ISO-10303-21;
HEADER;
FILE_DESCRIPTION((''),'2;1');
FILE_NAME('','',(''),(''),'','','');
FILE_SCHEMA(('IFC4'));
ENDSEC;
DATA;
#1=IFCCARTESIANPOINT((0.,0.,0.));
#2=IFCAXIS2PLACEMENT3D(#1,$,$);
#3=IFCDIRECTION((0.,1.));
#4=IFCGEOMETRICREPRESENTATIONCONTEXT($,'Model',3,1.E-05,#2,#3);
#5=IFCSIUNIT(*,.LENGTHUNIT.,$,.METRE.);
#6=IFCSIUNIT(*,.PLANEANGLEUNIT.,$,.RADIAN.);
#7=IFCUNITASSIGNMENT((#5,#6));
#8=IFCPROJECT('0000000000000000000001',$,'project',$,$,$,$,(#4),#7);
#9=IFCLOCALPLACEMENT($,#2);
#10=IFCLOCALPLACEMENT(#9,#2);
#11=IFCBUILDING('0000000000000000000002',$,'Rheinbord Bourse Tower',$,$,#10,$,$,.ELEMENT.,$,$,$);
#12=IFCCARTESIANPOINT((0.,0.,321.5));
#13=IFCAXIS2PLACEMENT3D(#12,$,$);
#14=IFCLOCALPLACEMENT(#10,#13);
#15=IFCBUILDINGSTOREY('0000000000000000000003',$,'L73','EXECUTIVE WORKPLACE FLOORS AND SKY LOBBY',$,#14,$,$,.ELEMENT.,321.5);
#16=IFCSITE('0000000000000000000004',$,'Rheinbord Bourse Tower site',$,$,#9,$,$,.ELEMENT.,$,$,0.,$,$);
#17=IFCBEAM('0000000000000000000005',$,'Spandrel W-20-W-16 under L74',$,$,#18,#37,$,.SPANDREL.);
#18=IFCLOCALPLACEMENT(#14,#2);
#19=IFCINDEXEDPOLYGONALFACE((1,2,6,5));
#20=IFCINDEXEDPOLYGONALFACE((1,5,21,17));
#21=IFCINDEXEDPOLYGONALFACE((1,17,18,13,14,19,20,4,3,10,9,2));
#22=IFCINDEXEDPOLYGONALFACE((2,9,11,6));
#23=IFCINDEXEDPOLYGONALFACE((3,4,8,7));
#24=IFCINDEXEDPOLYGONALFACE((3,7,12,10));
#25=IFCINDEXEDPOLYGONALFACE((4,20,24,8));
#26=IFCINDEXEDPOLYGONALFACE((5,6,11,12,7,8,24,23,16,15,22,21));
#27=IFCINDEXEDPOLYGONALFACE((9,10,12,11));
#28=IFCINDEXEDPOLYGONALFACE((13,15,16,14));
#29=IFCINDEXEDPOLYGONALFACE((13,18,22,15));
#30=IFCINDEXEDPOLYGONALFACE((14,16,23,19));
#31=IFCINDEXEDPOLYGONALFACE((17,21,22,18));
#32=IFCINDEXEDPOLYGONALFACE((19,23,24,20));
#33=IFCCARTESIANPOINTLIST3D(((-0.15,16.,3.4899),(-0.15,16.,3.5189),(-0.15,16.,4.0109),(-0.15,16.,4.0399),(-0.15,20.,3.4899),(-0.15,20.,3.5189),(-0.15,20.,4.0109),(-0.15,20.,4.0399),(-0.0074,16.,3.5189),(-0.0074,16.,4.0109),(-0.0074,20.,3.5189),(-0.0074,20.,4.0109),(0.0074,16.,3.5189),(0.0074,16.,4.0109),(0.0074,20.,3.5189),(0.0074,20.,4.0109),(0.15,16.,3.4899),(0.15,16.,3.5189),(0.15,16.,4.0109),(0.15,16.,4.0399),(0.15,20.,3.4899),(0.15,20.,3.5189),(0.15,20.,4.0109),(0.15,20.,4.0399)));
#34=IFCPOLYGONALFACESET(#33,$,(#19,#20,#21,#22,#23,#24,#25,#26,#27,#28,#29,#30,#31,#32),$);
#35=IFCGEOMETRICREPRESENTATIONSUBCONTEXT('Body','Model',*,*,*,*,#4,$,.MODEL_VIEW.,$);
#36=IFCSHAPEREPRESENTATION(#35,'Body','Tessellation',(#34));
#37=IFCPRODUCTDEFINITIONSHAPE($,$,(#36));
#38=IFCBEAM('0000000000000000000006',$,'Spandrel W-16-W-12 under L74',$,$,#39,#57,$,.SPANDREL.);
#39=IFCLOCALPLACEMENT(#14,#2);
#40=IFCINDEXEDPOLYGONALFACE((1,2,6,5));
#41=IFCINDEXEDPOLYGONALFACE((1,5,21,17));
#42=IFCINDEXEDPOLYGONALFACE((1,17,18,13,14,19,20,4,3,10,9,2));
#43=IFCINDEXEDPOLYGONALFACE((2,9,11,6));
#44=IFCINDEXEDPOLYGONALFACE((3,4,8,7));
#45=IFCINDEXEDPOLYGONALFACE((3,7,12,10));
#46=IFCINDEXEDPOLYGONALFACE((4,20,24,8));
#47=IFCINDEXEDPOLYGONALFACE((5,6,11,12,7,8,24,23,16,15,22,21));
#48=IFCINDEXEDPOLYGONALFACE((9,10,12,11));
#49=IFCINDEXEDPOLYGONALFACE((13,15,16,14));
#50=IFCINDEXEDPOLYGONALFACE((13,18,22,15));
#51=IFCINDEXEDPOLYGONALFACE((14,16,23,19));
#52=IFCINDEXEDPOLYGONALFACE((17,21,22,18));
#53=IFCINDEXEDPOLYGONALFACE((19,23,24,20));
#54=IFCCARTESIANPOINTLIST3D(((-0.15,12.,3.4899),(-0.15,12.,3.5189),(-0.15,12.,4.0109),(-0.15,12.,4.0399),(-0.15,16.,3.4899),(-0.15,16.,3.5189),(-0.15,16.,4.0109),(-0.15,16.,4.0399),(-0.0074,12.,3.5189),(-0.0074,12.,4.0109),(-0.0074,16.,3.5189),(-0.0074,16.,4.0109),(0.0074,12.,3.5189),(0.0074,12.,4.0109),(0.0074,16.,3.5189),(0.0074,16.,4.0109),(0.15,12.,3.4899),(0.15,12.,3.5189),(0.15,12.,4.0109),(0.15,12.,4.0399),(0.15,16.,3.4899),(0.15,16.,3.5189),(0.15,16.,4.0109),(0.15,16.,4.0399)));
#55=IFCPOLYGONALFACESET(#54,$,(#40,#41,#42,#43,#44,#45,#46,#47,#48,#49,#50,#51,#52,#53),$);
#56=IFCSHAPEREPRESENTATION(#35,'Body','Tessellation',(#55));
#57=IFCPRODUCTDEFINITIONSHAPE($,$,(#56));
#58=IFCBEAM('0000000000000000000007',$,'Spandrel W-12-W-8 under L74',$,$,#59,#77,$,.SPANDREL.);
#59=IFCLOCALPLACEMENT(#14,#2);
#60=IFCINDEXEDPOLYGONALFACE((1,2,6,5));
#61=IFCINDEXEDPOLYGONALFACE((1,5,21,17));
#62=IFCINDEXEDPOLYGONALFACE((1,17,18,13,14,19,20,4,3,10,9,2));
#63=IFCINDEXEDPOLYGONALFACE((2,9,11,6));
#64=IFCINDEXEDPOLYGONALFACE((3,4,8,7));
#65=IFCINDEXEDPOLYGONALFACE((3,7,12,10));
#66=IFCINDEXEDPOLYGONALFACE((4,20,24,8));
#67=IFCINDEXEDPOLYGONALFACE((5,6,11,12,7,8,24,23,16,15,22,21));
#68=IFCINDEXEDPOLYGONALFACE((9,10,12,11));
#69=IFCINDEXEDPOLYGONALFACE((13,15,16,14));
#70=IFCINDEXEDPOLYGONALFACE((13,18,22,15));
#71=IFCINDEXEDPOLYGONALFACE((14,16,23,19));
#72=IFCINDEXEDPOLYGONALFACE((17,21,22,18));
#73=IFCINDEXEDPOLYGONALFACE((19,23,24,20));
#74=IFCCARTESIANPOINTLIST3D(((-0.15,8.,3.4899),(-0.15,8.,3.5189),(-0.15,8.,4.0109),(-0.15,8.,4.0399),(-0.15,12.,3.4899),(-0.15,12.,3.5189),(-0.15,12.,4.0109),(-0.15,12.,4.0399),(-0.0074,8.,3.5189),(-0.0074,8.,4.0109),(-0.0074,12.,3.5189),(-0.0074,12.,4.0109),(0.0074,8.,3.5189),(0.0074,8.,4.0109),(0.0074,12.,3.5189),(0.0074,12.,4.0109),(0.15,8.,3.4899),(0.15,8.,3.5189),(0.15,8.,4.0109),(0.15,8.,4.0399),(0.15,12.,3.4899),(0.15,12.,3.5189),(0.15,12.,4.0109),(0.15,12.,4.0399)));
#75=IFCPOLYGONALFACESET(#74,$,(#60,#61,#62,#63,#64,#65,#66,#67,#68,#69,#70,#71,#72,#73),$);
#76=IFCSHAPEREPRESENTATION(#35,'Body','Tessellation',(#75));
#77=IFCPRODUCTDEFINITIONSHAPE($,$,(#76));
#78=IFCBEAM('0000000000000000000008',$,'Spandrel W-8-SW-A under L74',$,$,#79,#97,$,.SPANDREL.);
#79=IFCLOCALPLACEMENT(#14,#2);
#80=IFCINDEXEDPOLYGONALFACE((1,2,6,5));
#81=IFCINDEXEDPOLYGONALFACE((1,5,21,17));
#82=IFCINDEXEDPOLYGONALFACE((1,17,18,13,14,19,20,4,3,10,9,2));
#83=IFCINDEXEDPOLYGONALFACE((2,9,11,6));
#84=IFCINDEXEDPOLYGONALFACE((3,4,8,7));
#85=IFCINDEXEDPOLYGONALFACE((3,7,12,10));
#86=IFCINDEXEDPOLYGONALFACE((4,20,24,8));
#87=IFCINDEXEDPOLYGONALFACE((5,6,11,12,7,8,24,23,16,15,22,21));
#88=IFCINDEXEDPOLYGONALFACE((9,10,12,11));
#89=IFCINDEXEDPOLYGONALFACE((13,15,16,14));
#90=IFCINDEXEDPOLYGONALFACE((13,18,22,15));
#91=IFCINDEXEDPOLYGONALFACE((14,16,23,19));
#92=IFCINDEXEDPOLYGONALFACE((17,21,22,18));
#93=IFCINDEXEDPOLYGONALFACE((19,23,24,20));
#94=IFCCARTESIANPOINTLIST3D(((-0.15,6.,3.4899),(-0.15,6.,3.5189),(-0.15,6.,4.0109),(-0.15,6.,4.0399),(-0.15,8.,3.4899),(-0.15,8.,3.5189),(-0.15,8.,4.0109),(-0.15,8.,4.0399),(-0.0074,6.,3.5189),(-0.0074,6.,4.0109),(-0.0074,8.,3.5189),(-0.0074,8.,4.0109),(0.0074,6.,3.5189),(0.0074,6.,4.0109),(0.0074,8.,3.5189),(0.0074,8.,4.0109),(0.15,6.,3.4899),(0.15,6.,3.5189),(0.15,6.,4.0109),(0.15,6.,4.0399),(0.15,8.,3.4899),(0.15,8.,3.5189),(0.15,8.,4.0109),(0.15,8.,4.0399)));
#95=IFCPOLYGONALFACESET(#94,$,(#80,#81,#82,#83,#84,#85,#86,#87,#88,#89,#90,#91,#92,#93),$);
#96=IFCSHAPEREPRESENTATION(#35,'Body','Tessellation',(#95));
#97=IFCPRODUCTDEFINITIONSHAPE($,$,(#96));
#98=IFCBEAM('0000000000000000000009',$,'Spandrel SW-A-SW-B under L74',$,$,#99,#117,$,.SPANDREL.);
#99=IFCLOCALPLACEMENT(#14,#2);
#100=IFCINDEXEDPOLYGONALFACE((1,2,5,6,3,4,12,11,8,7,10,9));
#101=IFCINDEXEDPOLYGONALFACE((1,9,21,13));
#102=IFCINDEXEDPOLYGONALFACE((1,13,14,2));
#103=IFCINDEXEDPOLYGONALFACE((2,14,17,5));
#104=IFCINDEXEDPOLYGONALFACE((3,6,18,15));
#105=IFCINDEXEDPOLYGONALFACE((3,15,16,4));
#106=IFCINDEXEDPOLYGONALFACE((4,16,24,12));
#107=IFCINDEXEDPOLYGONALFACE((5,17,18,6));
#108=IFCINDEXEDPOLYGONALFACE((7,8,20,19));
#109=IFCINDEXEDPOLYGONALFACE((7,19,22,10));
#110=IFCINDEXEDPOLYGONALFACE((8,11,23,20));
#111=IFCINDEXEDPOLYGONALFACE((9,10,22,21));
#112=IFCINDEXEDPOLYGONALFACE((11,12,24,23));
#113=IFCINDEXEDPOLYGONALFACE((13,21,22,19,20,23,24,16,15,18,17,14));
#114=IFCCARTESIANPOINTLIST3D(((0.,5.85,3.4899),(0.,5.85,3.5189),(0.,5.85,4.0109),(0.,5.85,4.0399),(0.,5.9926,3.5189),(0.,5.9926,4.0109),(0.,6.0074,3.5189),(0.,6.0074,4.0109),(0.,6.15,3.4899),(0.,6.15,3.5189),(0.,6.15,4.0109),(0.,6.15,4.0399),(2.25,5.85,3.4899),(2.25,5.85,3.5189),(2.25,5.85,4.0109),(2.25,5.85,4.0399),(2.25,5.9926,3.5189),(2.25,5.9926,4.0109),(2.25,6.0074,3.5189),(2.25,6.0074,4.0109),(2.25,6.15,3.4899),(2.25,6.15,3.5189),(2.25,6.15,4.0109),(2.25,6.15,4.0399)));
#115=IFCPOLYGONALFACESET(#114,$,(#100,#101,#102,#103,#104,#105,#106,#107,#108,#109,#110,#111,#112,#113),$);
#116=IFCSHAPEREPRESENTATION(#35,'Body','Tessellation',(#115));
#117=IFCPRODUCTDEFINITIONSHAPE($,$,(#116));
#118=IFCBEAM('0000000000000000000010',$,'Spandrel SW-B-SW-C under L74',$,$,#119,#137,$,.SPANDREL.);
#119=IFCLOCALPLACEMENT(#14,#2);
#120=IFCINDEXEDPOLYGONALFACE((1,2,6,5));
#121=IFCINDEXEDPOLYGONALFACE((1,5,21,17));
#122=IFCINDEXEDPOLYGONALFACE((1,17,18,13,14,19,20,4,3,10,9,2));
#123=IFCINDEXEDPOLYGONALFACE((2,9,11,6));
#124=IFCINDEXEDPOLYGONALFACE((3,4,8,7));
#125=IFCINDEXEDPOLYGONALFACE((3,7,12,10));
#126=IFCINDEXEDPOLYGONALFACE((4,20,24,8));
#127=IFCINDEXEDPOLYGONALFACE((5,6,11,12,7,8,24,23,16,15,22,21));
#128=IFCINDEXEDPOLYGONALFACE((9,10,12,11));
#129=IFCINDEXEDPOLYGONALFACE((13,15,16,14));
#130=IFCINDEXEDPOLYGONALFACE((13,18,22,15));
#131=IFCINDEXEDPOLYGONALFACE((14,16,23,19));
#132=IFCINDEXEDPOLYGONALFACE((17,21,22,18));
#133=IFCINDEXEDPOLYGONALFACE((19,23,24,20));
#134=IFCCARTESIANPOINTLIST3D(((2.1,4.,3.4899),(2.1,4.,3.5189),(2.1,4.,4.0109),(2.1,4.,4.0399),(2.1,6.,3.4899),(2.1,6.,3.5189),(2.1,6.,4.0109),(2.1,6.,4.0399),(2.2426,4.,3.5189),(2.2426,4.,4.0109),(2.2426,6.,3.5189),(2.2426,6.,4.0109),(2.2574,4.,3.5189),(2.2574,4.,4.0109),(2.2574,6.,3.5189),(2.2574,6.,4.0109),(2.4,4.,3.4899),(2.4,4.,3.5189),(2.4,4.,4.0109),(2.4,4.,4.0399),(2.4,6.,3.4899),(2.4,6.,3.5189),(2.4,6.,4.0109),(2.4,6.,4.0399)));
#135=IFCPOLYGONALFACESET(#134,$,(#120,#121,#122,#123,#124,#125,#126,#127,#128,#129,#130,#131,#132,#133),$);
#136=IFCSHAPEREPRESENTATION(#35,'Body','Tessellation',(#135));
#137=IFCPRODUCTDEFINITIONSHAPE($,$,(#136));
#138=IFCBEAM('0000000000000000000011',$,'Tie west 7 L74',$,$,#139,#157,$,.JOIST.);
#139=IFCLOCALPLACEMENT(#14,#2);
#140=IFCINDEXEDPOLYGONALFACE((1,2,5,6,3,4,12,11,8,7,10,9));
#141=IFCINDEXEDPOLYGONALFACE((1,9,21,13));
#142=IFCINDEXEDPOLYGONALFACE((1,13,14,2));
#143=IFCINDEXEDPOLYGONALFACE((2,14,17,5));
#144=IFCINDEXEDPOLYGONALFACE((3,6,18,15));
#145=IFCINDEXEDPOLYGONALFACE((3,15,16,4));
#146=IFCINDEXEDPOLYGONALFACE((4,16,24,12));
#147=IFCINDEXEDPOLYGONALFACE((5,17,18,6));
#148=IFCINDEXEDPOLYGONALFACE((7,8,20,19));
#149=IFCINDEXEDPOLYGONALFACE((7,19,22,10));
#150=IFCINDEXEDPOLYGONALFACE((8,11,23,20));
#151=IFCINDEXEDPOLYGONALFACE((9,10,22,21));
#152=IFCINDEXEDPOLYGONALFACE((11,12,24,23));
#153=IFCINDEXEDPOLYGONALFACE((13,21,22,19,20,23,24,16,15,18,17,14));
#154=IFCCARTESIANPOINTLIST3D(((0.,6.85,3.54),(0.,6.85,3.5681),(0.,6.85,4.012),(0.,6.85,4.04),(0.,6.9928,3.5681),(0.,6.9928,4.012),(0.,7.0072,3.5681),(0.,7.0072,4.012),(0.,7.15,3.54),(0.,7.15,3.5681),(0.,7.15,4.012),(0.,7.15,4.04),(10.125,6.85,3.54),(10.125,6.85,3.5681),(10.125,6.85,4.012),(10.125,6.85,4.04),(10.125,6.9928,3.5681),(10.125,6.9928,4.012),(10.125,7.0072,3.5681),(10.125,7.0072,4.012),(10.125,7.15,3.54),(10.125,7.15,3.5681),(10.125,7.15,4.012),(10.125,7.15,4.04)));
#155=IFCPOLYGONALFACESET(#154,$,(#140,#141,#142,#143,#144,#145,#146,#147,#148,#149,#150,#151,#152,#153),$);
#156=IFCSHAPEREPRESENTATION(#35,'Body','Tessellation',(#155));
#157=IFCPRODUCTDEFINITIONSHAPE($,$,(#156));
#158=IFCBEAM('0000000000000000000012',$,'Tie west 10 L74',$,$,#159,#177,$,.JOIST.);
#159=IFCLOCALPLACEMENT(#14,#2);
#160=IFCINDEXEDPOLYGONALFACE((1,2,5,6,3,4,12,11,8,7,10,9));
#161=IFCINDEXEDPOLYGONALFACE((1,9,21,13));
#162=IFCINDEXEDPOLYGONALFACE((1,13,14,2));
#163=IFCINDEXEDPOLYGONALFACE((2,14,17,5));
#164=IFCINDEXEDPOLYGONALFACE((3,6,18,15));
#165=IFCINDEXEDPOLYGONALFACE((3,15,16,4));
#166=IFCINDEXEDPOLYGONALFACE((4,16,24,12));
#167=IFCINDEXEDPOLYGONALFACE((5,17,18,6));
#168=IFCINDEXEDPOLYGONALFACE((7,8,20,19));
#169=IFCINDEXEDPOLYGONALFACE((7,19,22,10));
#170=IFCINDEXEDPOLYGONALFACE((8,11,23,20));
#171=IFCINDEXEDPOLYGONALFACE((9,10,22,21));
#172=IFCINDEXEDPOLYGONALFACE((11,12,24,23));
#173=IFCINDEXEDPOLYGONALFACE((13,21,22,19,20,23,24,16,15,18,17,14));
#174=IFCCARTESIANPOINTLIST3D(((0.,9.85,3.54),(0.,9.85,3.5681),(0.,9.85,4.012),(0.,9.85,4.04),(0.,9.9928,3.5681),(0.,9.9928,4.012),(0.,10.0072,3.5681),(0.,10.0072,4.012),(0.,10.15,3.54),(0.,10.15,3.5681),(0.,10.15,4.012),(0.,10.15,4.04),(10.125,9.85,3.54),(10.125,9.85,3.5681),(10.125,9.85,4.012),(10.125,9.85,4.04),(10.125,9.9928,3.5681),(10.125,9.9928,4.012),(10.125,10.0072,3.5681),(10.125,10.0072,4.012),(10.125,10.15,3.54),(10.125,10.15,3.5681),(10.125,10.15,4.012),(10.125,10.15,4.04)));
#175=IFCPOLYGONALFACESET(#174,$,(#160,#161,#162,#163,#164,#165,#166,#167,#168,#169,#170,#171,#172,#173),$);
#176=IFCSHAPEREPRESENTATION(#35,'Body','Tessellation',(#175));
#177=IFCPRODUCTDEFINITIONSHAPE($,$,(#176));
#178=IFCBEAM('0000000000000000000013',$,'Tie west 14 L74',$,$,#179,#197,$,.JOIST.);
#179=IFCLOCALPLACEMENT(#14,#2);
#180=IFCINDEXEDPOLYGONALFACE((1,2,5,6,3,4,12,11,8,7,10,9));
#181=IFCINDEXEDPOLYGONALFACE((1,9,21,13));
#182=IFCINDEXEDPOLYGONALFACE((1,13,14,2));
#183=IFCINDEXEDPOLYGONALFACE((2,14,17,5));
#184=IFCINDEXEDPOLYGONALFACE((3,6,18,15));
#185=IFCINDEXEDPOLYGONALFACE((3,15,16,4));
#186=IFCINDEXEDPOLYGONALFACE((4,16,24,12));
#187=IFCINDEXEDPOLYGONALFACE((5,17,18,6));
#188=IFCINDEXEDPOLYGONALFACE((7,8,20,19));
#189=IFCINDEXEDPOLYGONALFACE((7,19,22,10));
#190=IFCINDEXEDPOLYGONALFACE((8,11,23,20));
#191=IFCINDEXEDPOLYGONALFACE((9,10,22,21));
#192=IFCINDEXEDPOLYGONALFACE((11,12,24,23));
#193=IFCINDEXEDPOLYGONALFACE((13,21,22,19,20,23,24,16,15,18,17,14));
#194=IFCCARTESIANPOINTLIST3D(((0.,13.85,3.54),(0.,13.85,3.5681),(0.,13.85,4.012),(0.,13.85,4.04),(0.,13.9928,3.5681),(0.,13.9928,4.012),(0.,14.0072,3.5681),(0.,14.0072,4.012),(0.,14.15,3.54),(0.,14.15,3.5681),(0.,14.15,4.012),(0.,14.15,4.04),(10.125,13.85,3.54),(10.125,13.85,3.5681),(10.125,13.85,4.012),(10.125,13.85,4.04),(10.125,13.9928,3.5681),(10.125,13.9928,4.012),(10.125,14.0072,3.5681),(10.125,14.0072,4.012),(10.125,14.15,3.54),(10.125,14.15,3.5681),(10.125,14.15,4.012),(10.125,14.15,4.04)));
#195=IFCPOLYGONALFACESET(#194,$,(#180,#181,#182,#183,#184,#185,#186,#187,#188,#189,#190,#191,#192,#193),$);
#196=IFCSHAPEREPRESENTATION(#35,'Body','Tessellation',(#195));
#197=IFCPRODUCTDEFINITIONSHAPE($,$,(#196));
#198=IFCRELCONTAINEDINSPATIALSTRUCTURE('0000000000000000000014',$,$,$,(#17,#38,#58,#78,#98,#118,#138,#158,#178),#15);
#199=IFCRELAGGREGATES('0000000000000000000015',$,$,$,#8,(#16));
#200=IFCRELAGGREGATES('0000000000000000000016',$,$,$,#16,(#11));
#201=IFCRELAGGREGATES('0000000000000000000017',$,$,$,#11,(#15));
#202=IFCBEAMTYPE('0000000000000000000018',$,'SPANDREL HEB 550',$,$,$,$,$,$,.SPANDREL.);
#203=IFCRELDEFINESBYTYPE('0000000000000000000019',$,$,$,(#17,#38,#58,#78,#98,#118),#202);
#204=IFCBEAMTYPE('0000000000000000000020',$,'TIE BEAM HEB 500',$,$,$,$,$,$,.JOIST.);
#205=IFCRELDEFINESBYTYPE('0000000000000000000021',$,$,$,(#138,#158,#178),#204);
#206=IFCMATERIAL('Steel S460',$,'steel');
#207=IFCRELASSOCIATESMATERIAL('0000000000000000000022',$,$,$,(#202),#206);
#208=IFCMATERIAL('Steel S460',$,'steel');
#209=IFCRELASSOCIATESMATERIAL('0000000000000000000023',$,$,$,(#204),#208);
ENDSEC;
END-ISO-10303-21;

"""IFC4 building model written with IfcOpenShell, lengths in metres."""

from ifc_helpers import new_model, si_unit, direction, frame, origin, origin_2d, place, context, subcontext, project, spatial, i_section, extrude, material, material_profile, profile_set, type_object, element, save


model = new_model("IFC4")

# Units and contexts
model_context = context("Model", 3, precision=1e-05, world=origin(), true_north=direction((0.0, 1.0)))
body_context = subcontext(model_context, "Body", "Model", "MODEL_VIEW")
ifc_project = project(units=[si_unit("LENGTHUNIT", "METRE"), si_unit("PLANEANGLEUNIT", "RADIAN")], contexts=[model_context])

# Site, building, storey
site_placement = place(None, origin())
site = spatial("IfcSite", under=ifc_project, at=site_placement, Name="Rheinbord Bourse Tower site", CompositionType="ELEMENT", RefElevation=0.0)
building_placement = place(site_placement, origin())
building = spatial("IfcBuilding", under=site, at=building_placement, Name="Rheinbord Bourse Tower", CompositionType="ELEMENT")
storey_placement = place(building_placement, frame((0.0, 0.0, 321.5)))
storey = spatial("IfcBuildingStorey", under=building, at=storey_placement, Name="L73", Description="EXECUTIVE WORKPLACE FLOORS AND SKY LOBBY", CompositionType="ELEMENT", Elevation=321.5)

# Beams
ifc_material_1 = material(Name="Steel S460", Category="steel")
ifc_material_profile_1 = material_profile(ifc_material_1, i_section(OverallWidth=0.3, OverallDepth=0.55, WebThickness=0.0149, FlangeThickness=0.0291, at=origin_2d()), Name="HEB 550")
ifc_profile_set_1 = profile_set([ifc_material_profile_1], Name="Steel S460")
beam_type_1 = type_object("IfcBeamType", Name="SPANDREL HEB 550", PredefinedType="SPANDREL", material=ifc_profile_set_1)
for number, where, z_axis, x_axis, name in (
    (1, (0.0, 20.0, 3.7649), (0.0, -1.0, 0.0), (1.0, 0.0, 0.0), "Spandrel W-20-W-16 under L74"),
    (2, (0.0, 16.0, 3.7649), (0.0, -1.0, 0.0), (1.0, 0.0, 0.0), "Spandrel W-16-W-12 under L74"),
    (3, (0.0, 12.0, 3.7649), (0.0, -1.0, 0.0), (1.0, 0.0, 0.0), "Spandrel W-12-W-8 under L74"),
):
    element("IfcBeam", number, at=place(storey_placement, frame(where, z_axis=z_axis, x_axis=x_axis)), inside=storey, type_object=beam_type_1, Name=name, PredefinedType="SPANDREL", context=body_context, shape_type="SweptSolid", body=[
        extrude(i_section(OverallWidth=0.3, OverallDepth=0.55, WebThickness=0.0149, FlangeThickness=0.0291, at=origin_2d()), origin(), (0.0, 0.0, 1.0), 4.0),
    ])
beam_1_placement = place(storey_placement, frame((0.0, 8.0, 3.7649), z_axis=(0.0, -1.0, 0.0), x_axis=(1.0, 0.0, 0.0)))
element("IfcBeam", 4, at=beam_1_placement, inside=storey, type_object=beam_type_1, Name="Spandrel W-8-SW-A under L74", PredefinedType="SPANDREL", context=body_context, shape_type="SweptSolid", body=[
    extrude(i_section(OverallWidth=0.3, OverallDepth=0.55, WebThickness=0.0149, FlangeThickness=0.0291, at=origin_2d()), origin(), (0.0, 0.0, 1.0), 2.0),
])
beam_2_placement = place(storey_placement, frame((0.0, 6.0, 3.7649), z_axis=(1.0, 0.0, 0.0), x_axis=(0.0, 1.0, 0.0)))
element("IfcBeam", 5, at=beam_2_placement, inside=storey, type_object=beam_type_1, Name="Spandrel SW-A-SW-B under L74", PredefinedType="SPANDREL", context=body_context, shape_type="SweptSolid", body=[
    extrude(i_section(OverallWidth=0.3, OverallDepth=0.55, WebThickness=0.0149, FlangeThickness=0.0291, at=origin_2d()), origin(), (0.0, 0.0, 1.0), 2.25),
])
beam_3_placement = place(storey_placement, frame((2.25, 6.0, 3.7649), z_axis=(0.0, -1.0, 0.0), x_axis=(1.0, 0.0, 0.0)))
element("IfcBeam", 6, at=beam_3_placement, inside=storey, type_object=beam_type_1, Name="Spandrel SW-B-SW-C under L74", PredefinedType="SPANDREL", context=body_context, shape_type="SweptSolid", body=[
    extrude(i_section(OverallWidth=0.3, OverallDepth=0.55, WebThickness=0.0149, FlangeThickness=0.0291, at=origin_2d()), origin(), (0.0, 0.0, 1.0), 2.0),
])
ifc_material_2 = material(Name="Steel S460", Category="steel")
ifc_material_profile_2 = material_profile(ifc_material_2, i_section(OverallWidth=0.3, OverallDepth=0.5, WebThickness=0.0144, FlangeThickness=0.0281, at=origin_2d()), Name="HEB 500")
ifc_profile_set_2 = profile_set([ifc_material_profile_2], Name="Steel S460")
beam_type_2 = type_object("IfcBeamType", Name="TIE BEAM HEB 500", PredefinedType="JOIST", material=ifc_profile_set_2)
for number, where, z_axis, x_axis, name in (
    (7, (0.0, 7.0, 3.79), (1.0, 0.0, 0.0), (0.0, 1.0, 0.0), "Tie west 7 L74"),
    (8, (0.0, 10.0, 3.79), (1.0, 0.0, 0.0), (0.0, 1.0, 0.0), "Tie west 10 L74"),
    (9, (0.0, 14.0, 3.79), (1.0, 0.0, 0.0), (0.0, 1.0, 0.0), "Tie west 14 L74"),
):
    element("IfcBeam", number, at=place(storey_placement, frame(where, z_axis=z_axis, x_axis=x_axis)), inside=storey, type_object=beam_type_2, Name=name, PredefinedType="JOIST", context=body_context, shape_type="SweptSolid", body=[
        extrude(i_section(OverallWidth=0.3, OverallDepth=0.5, WebThickness=0.0144, FlangeThickness=0.0281, at=origin_2d()), origin(), (0.0, 0.0, 1.0), 10.125),
    ])

save(model, "model.ifc")
